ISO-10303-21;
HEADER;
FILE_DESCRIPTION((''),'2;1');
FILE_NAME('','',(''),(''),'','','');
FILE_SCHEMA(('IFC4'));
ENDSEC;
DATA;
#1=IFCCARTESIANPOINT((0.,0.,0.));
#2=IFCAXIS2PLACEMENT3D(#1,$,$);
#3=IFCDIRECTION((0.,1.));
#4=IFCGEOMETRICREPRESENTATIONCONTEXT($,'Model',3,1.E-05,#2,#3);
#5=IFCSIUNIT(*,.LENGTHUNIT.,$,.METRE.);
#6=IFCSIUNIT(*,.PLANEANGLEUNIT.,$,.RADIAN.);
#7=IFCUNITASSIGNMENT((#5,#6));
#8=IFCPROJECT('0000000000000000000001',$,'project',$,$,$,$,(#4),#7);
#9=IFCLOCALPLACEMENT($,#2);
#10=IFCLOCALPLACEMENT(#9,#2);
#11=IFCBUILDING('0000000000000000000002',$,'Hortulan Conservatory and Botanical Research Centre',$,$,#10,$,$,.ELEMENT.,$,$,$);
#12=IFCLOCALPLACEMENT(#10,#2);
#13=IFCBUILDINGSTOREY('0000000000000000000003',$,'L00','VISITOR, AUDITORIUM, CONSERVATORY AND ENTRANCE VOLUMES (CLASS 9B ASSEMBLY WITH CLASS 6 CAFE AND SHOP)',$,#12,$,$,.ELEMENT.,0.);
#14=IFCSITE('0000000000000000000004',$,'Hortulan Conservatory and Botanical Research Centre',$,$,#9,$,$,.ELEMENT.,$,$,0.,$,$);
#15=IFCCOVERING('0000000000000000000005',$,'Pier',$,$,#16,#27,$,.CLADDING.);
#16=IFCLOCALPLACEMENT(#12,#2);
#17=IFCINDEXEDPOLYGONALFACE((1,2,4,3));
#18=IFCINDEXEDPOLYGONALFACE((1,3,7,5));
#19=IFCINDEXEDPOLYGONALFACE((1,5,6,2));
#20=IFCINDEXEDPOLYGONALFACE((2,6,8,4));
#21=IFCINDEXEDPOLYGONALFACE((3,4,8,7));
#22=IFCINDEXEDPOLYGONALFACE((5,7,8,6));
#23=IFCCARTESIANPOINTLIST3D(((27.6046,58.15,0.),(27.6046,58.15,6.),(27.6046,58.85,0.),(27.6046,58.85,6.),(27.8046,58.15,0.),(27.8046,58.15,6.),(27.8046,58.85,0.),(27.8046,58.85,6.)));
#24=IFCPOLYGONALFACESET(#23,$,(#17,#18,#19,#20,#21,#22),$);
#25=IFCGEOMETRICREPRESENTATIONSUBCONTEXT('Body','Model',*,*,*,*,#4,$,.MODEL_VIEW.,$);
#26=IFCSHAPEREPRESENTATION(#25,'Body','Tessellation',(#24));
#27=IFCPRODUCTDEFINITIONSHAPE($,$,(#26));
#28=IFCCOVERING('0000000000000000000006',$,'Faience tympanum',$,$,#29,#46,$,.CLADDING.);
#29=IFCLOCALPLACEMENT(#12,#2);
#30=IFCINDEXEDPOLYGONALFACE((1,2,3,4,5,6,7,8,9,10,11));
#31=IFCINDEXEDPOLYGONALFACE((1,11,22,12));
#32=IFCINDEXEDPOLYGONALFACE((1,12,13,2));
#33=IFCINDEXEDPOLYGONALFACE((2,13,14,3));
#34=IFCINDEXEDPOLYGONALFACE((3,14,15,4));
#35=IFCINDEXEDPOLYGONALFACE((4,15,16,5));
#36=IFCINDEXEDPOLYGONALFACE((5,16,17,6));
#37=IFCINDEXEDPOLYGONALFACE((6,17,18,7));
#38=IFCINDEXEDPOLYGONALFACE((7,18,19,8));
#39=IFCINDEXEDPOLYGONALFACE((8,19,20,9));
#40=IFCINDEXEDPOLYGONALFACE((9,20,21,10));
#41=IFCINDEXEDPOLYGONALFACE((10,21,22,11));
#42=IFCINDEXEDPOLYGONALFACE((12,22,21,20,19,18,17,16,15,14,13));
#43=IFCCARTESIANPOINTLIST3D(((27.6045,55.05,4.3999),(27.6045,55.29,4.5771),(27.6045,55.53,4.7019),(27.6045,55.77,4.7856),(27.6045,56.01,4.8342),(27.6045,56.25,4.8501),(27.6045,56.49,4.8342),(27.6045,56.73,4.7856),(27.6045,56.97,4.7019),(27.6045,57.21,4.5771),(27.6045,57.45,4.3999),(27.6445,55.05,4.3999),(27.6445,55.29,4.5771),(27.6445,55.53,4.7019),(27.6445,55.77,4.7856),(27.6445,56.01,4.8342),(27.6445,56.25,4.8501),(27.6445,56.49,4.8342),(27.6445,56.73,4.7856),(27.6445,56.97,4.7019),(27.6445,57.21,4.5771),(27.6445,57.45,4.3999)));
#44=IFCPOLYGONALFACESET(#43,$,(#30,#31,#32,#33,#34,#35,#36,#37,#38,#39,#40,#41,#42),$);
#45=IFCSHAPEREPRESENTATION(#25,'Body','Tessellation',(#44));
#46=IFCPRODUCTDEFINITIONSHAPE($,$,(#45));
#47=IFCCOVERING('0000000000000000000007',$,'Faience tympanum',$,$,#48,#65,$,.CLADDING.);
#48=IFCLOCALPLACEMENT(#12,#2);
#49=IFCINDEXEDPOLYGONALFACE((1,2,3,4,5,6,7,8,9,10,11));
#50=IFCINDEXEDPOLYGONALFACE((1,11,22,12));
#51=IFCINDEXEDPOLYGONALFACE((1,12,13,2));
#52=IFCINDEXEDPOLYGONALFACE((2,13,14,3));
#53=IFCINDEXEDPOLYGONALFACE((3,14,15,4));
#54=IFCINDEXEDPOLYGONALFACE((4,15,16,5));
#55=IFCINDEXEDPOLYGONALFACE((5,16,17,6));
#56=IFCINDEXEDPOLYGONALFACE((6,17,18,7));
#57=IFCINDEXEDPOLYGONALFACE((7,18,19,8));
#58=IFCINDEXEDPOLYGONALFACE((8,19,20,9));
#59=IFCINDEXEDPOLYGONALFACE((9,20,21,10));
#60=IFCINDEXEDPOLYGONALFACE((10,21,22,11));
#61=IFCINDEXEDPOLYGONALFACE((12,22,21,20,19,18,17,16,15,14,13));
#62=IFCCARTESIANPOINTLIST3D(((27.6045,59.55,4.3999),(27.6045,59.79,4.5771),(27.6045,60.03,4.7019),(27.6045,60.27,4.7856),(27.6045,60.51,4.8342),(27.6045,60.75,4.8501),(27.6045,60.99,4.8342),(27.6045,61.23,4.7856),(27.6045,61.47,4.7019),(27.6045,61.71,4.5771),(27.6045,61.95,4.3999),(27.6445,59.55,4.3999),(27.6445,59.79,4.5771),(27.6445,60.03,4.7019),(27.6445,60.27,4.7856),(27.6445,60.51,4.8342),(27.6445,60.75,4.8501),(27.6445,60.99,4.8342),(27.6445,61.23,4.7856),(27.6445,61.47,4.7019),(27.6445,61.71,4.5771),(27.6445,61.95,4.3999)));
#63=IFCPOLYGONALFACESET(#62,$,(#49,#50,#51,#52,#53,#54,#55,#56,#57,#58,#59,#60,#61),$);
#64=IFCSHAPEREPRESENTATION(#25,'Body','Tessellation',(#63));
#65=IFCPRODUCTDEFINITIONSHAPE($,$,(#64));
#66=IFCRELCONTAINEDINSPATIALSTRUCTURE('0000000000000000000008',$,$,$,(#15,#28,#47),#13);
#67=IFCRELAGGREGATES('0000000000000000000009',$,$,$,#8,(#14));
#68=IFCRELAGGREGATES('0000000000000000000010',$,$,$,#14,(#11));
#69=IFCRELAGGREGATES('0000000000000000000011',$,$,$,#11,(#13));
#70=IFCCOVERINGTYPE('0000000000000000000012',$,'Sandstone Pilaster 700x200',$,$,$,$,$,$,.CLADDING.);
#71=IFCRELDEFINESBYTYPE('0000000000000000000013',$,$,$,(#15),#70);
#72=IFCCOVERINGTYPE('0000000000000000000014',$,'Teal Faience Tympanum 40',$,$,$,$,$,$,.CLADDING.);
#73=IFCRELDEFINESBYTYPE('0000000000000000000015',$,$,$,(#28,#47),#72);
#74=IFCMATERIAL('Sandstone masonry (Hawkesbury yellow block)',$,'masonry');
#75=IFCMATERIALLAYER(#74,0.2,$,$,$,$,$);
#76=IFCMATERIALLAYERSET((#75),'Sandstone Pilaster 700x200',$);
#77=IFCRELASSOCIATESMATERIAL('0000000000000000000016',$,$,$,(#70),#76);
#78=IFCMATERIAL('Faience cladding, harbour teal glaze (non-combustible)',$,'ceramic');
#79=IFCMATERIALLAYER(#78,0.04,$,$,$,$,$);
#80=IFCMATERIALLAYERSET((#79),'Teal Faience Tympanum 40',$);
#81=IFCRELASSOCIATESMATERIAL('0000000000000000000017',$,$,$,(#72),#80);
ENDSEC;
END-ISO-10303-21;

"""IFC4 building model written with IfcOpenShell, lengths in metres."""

from ifc_helpers import new_model, si_unit, direction, frame, origin, origin_2d, place, context, subcontext, project, spatial, polyline, rectangle, outline, extrude, material, layer, layer_set, type_object, element, save


model = new_model("IFC4")

# Units and contexts
model_context = context("Model", 3, precision=1e-05, world=origin(), true_north=direction((0.0, 1.0)))
body_context = subcontext(model_context, "Body", "Model", "MODEL_VIEW")
ifc_project = project(units=[si_unit("LENGTHUNIT", "METRE"), si_unit("PLANEANGLEUNIT", "RADIAN")], contexts=[model_context])

# Site, building, storey
site_placement = place(None, origin())
site = spatial("IfcSite", under=ifc_project, at=site_placement, Name="Hortulan Conservatory and Botanical Research Centre", CompositionType="ELEMENT", RefElevation=0.0)
building_placement = place(site_placement, origin())
building = spatial("IfcBuilding", under=site, at=building_placement, Name="Hortulan Conservatory and Botanical Research Centre", CompositionType="ELEMENT")
storey_placement = place(building_placement, origin())
storey = spatial("IfcBuildingStorey", under=building, at=storey_placement, Name="L00", Description="VISITOR, AUDITORIUM, CONSERVATORY AND ENTRANCE VOLUMES (CLASS 9B ASSEMBLY WITH CLASS 6 CAFE AND SHOP)", CompositionType="ELEMENT", Elevation=0.0)

# Shared definitions
ifc_material_1 = material(Name="Sandstone masonry (Hawkesbury yellow block)", Category="masonry")

# Coverings
ifc_layer_1 = layer(ifc_material_1, 0.2)
ifc_layer_set_1 = layer_set([ifc_layer_1], Name="Sandstone Pilaster 700x200")
covering_type_1 = type_object("IfcCoveringType", Name="Sandstone Pilaster 700x200", PredefinedType="CLADDING", material=ifc_layer_set_1)
covering_1_placement = place(storey_placement, frame((27.7046, 58.5, 0.0), z_axis=(0.0, 0.0, 1.0), x_axis=(0.0, -1.0, 0.0)))
element("IfcCovering", 1, at=covering_1_placement, inside=storey, type_object=covering_type_1, Name="Pier", PredefinedType="CLADDING", context=body_context, shape_type="SweptSolid", body=[
    extrude(rectangle(XDim=0.7, YDim=0.2, at=origin_2d()), origin(), (0.0, 0.0, 1.0), 6.0),
])
ifc_material_2 = material(Name="Faience cladding, harbour teal glaze (non-combustible)", Category="ceramic")
ifc_layer_2 = layer(ifc_material_2, 0.04)
ifc_layer_set_2 = layer_set([ifc_layer_2], Name="Teal Faience Tympanum 40")
covering_type_2 = type_object("IfcCoveringType", Name="Teal Faience Tympanum 40", PredefinedType="CLADDING", material=ifc_layer_set_2)
for number, where, z_axis, x_axis, name in (
    (2, (27.6245, 57.45, 4.3999), (0.0, 0.0, 1.0), (0.0, -1.0, 0.0), "Faience tympanum"),
    (3, (27.6245, 61.95, 4.3999), (0.0, 0.0, 1.0), (0.0, -1.0, 0.0), "Faience tympanum"),
):
    element("IfcCovering", number, at=place(storey_placement, frame(where, z_axis=z_axis, x_axis=x_axis)), inside=storey, type_object=covering_type_2, Name=name, PredefinedType="CLADDING", context=body_context, shape_type="SweptSolid", body=[
        extrude(outline(polyline([(0.0, 0.0), (0.24, 0.1772), (0.48, 0.302), (0.72, 0.3857), (0.96, 0.4343), (1.2, 0.4502), (1.4399, 0.4343), (1.6799, 0.3857), (1.9199, 0.302), (2.1599, 0.1772), (2.3999, 0.0), (2.3999, 0.0), (0.0, 0.0), (0.0, 0.0)])), frame((0.0, 0.02, 0.0), z_axis=(0.0, -1.0, 0.0), x_axis=(1.0, 0.0, 0.0)), (0.0, 0.0, 1.0), 0.04),
    ])

save(model, "model.ifc")
